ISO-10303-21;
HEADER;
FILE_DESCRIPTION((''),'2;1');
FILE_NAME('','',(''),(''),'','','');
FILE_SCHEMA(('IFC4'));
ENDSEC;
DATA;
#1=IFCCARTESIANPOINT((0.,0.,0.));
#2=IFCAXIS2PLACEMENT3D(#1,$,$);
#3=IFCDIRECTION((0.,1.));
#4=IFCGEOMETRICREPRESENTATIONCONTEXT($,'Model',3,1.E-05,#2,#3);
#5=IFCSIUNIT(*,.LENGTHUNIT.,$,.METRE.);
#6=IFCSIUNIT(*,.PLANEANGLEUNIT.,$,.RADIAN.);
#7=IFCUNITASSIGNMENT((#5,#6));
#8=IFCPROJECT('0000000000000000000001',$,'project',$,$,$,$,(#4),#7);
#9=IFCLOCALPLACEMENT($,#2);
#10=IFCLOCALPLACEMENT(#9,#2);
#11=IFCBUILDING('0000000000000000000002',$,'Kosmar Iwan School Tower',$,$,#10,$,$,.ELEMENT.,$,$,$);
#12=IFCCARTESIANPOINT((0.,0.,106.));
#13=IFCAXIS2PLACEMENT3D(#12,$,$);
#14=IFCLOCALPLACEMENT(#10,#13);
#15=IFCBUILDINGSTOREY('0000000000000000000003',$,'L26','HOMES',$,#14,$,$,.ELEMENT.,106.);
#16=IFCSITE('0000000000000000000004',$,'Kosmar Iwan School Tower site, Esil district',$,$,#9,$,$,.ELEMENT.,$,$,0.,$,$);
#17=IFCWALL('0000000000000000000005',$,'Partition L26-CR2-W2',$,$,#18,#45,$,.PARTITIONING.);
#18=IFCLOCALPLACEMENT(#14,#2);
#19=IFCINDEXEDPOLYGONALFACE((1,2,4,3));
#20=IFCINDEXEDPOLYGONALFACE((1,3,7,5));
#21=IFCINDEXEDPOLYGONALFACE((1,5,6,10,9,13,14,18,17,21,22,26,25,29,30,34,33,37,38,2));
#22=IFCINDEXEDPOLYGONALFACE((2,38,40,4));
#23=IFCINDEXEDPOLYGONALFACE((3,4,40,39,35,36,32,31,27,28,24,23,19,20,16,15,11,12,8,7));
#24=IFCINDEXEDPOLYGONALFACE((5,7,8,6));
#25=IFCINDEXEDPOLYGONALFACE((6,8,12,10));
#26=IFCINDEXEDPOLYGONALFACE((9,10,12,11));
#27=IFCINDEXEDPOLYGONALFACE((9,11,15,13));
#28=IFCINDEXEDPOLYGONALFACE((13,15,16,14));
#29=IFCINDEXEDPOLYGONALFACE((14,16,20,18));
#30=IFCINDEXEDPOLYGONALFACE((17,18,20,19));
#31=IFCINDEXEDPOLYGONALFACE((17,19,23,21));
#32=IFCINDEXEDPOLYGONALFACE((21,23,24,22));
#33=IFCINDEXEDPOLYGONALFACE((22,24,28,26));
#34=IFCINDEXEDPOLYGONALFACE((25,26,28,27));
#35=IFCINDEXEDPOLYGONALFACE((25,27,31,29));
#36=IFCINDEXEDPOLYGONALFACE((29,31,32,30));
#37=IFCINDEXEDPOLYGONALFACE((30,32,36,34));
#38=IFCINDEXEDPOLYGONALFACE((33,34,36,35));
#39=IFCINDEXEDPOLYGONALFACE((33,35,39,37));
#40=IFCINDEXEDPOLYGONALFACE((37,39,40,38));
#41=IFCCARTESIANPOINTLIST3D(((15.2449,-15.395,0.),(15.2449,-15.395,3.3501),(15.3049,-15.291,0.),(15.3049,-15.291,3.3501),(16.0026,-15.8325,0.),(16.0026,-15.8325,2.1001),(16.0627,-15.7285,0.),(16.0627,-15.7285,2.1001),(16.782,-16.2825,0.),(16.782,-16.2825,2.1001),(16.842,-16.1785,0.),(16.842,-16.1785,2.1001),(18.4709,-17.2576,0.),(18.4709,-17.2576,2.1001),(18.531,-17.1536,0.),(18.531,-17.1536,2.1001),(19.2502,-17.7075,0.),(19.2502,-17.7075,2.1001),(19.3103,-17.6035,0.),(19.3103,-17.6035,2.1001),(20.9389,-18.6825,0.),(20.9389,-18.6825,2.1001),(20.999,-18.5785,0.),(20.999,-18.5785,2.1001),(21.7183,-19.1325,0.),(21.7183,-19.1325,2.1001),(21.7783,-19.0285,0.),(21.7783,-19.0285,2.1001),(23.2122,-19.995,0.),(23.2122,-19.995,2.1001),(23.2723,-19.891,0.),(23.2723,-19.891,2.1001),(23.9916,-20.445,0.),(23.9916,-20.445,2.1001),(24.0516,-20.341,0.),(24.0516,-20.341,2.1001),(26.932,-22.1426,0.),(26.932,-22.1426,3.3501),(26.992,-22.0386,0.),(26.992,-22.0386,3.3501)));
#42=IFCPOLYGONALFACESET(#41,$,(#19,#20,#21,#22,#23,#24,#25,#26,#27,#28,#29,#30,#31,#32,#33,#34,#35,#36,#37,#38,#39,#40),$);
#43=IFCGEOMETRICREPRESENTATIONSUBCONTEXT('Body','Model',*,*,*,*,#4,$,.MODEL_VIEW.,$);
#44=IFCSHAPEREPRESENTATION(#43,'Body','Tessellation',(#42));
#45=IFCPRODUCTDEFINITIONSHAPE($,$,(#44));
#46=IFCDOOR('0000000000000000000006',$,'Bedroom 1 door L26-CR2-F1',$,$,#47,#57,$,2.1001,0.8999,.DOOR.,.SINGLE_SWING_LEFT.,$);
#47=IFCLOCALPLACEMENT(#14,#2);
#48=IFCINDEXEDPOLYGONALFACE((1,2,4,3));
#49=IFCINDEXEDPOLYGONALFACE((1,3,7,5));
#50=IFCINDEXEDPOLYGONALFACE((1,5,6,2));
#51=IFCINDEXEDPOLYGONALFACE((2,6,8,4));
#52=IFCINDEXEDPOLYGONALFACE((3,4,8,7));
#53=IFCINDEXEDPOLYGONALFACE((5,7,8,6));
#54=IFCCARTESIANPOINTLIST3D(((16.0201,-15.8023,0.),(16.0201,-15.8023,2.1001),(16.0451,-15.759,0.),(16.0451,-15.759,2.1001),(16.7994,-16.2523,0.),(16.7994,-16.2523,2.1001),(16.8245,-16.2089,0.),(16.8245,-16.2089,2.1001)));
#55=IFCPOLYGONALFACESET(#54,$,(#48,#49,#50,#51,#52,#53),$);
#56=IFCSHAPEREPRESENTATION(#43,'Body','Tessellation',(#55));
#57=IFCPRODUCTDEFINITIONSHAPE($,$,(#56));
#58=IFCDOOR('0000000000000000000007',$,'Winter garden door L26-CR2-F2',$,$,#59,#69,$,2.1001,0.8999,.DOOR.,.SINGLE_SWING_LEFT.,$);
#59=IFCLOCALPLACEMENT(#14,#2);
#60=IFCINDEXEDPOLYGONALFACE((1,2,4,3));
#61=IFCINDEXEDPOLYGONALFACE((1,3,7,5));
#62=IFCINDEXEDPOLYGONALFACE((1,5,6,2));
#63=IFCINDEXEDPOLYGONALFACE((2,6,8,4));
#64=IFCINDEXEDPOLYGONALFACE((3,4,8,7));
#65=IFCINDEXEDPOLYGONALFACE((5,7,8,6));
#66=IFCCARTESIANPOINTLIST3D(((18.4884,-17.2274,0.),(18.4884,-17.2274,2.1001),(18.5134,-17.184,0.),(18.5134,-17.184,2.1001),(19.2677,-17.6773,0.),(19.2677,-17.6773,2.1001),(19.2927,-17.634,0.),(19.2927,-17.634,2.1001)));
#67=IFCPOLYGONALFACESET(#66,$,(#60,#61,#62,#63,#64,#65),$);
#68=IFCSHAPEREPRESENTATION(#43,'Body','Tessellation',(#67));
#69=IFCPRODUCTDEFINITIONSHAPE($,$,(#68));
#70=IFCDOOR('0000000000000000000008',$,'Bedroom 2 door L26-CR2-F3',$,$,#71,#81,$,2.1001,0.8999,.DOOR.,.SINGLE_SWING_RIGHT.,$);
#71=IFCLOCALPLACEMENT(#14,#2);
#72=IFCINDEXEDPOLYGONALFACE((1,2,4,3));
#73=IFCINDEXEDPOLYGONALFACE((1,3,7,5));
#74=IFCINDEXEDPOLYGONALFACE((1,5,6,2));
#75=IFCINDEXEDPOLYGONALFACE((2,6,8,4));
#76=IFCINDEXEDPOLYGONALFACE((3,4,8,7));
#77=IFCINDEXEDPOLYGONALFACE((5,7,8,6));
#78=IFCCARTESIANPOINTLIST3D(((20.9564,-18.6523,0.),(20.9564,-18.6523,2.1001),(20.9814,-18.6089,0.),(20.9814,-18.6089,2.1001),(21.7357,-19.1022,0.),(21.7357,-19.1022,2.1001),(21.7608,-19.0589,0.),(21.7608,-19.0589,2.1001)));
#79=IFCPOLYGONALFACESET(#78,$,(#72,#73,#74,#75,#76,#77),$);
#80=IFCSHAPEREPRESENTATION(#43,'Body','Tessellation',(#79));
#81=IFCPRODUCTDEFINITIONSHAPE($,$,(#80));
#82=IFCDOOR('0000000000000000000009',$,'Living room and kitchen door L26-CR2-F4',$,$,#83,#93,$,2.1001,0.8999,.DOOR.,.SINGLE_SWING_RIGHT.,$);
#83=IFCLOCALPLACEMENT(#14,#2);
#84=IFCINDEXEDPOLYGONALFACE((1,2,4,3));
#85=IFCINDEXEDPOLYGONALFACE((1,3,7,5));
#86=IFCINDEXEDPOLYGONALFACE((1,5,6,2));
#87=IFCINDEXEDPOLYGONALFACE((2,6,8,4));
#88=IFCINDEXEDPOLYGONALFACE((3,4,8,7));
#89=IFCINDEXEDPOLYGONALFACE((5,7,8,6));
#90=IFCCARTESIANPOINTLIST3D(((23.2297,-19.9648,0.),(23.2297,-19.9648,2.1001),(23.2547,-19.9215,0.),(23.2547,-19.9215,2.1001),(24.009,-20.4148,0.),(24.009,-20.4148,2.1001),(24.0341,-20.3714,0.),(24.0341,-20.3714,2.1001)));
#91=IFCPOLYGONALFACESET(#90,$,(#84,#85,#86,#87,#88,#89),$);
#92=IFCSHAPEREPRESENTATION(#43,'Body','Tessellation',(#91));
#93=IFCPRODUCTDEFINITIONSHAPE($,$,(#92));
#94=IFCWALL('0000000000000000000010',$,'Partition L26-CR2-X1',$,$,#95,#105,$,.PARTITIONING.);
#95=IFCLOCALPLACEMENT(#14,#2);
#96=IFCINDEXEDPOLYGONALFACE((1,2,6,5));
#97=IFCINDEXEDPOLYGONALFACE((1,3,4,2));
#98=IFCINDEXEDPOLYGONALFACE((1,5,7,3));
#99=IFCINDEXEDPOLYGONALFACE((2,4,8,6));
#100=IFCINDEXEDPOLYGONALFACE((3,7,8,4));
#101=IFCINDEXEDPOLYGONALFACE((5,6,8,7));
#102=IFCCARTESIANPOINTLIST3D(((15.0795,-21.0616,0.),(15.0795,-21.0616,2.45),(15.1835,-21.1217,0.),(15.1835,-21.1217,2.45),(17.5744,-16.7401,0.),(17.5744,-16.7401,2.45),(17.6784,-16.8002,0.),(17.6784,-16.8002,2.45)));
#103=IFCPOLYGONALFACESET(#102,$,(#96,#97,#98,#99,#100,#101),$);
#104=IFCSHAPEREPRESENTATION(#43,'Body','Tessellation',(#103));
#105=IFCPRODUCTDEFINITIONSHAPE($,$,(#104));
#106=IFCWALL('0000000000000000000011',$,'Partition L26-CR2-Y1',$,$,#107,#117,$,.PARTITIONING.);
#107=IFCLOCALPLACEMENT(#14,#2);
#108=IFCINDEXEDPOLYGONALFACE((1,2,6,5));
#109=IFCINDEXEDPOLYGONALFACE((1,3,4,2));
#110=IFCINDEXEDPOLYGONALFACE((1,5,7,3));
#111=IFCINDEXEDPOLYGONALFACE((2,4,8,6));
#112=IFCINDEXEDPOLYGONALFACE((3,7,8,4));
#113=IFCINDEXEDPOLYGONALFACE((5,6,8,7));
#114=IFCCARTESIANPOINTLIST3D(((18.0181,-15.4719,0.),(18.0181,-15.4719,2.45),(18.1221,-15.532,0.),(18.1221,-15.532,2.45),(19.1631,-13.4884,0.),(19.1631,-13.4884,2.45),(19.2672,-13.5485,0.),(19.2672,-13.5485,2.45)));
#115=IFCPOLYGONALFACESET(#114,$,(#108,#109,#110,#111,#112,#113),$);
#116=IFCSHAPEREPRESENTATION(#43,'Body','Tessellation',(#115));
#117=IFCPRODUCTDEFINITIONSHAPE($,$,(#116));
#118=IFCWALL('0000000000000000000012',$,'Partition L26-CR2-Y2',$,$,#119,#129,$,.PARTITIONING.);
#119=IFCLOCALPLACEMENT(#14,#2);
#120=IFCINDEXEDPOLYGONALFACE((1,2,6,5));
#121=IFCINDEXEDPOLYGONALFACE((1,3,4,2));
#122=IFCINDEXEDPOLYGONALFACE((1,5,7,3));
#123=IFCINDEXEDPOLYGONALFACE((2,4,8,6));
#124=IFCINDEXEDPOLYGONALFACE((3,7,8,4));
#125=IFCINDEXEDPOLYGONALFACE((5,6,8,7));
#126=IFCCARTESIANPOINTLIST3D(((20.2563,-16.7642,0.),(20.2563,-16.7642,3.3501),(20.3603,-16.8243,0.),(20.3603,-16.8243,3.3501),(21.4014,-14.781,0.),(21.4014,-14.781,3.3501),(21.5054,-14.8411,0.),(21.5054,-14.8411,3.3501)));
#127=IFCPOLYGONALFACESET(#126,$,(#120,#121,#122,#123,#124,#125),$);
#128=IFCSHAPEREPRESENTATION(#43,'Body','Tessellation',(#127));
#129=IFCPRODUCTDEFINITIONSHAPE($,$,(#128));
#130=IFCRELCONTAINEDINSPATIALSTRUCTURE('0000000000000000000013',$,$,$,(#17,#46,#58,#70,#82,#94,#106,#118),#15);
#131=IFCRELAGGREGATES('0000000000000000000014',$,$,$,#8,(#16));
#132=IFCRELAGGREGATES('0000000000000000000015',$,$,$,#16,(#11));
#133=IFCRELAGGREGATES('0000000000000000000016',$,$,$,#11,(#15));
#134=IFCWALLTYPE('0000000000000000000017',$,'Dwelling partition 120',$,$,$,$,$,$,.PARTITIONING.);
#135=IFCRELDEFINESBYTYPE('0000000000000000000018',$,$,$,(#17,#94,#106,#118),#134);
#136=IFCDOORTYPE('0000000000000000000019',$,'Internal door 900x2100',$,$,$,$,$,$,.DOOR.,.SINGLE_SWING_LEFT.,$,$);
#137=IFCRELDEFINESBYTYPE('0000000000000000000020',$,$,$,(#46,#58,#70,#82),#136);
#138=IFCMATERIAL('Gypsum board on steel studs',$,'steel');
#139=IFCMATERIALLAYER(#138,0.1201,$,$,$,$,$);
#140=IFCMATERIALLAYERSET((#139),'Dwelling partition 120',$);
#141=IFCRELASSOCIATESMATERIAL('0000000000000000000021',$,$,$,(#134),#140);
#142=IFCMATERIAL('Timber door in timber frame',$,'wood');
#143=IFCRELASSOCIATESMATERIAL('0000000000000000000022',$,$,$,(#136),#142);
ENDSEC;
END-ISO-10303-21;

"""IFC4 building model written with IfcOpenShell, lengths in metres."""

from ifc_helpers import new_model, si_unit, direction, frame, frame_2d, origin, place, context, subcontext, project, spatial, rectangle, extrude, material, layer, layer_set, type_object, element, fill, save


model = new_model("IFC4")

# Units and contexts
model_context = context("Model", 3, precision=1e-05, world=origin(), true_north=direction((0.0, 1.0)))
body_context = subcontext(model_context, "Body", "Model", "MODEL_VIEW")
ifc_project = project(units=[si_unit("LENGTHUNIT", "METRE"), si_unit("PLANEANGLEUNIT", "RADIAN")], contexts=[model_context])

# Site, building, storey
site_placement = place(None, origin())
site = spatial("IfcSite", under=ifc_project, at=site_placement, Name="Kosmar Iwan School Tower site, Esil district", CompositionType="ELEMENT", RefElevation=0.0)
building_placement = place(site_placement, origin())
building = spatial("IfcBuilding", under=site, at=building_placement, Name="Kosmar Iwan School Tower", CompositionType="ELEMENT")
storey_placement = place(building_placement, frame((0.0, 0.0, 106.0)))
storey = spatial("IfcBuildingStorey", under=building, at=storey_placement, Name="L26", Description="HOMES", CompositionType="ELEMENT", Elevation=106.0)

# Wall, openings, doors
ifc_material_1 = material(Name="Gypsum board on steel studs", Category="steel")
ifc_layer_1 = layer(ifc_material_1, 0.1201)
ifc_layer_set_1 = layer_set([ifc_layer_1], Name="Dwelling partition 120")
wall_type_1 = type_object("IfcWallType", Name="Dwelling partition 120", PredefinedType="PARTITIONING", material=ifc_layer_set_1)
ifc_material_2 = material(Name="Timber door in timber frame", Category="wood")
door_type_1 = type_object("IfcDoorType", Name="Internal door 900x2100", OperationType="SINGLE_SWING_LEFT", PredefinedType="DOOR", material=ifc_material_2)
wall_1_placement = place(storey_placement, frame((15.2749, -15.343, 0.0), z_axis=(0.0, 0.0, 1.0), x_axis=(0.866024, -0.500003, 0.0)))
wall_1 = element("IfcWall", 1, at=wall_1_placement, inside=storey, type_object=wall_type_1, Name="Partition L26-CR2-W2", PredefinedType="PARTITIONING", context=body_context, shape_type="SweptSolid", body=[
    extrude(rectangle(XDim=13.4951, YDim=0.1201, at=frame_2d((6.7476, 0.0))), origin(), (0.0, 0.0, 1.0), 3.3501),
])
opening_1_placement = place(wall_1_placement, frame((0.875, 0.0, 0.0)))
opening_1 = element("IfcOpeningElement", 2, at=opening_1_placement, cuts=wall_1, PredefinedType="OPENING", context=body_context, shape_type="SweptSolid", body=[
    extrude(rectangle(XDim=0.8999, YDim=2.1001, at=frame_2d((0.45, 1.05))), frame((0.0, 0.072, 0.0), z_axis=(0.0, -1.0, 0.0), x_axis=(1.0, 0.0, 0.0)), (0.0, 0.0, 1.0), 0.144),
])
opening_2_placement = place(wall_1_placement, frame((3.7251, 0.0, 0.0)))
opening_2 = element("IfcOpeningElement", 3, at=opening_2_placement, cuts=wall_1, PredefinedType="OPENING", context=body_context, shape_type="SweptSolid", body=[
    extrude(rectangle(XDim=0.8999, YDim=2.1001, at=frame_2d((0.45, 1.05))), frame((0.0, 0.072, 0.0), z_axis=(0.0, -1.0, 0.0), x_axis=(1.0, 0.0, 0.0)), (0.0, 0.0, 1.0), 0.144),
])
opening_3_placement = place(wall_1_placement, frame((6.575, 0.0, 0.0)))
opening_3 = element("IfcOpeningElement", 4, at=opening_3_placement, cuts=wall_1, PredefinedType="OPENING", context=body_context, shape_type="SweptSolid", body=[
    extrude(rectangle(XDim=0.8999, YDim=2.1001, at=frame_2d((0.45, 1.05))), frame((0.0, 0.072, 0.0), z_axis=(0.0, -1.0, 0.0), x_axis=(1.0, 0.0, 0.0)), (0.0, 0.0, 1.0), 0.144),
])
opening_4_placement = place(wall_1_placement, frame((9.2, 0.0, 0.0)))
opening_4 = element("IfcOpeningElement", 5, at=opening_4_placement, cuts=wall_1, PredefinedType="OPENING", context=body_context, shape_type="SweptSolid", body=[
    extrude(rectangle(XDim=0.8999, YDim=2.1001, at=frame_2d((0.45, 1.05))), frame((0.0, 0.072, 0.0), z_axis=(0.0, -1.0, 0.0), x_axis=(1.0, 0.0, 0.0)), (0.0, 0.0, 1.0), 0.144),
])
door_1_placement = place(opening_1_placement, origin())
door_1 = element("IfcDoor", 6, at=door_1_placement, inside=storey, type_object=door_type_1, Name="Bedroom 1 door L26-CR2-F1", OperationType="SINGLE_SWING_LEFT", OverallHeight=2.1001, OverallWidth=0.8999, PredefinedType="DOOR", context=body_context, shape_type="SweptSolid", body=[
    extrude(rectangle(XDim=0.8999, YDim=2.1001, at=frame_2d((0.45, 1.05))), frame((0.0, 0.0249, 0.0), z_axis=(0.0, -1.0, 0.0), x_axis=(1.0, 0.0, 0.0)), (0.0, 0.0, 1.0), 0.05),
])
fill(opening_1, door_1)
door_2_placement = place(opening_2_placement, origin())
door_2 = element("IfcDoor", 7, at=door_2_placement, inside=storey, type_object=door_type_1, Name="Winter garden door L26-CR2-F2", OperationType="SINGLE_SWING_LEFT", OverallHeight=2.1001, OverallWidth=0.8999, PredefinedType="DOOR", context=body_context, shape_type="SweptSolid", body=[
    extrude(rectangle(XDim=0.8999, YDim=2.1001, at=frame_2d((0.45, 1.05))), frame((0.0, 0.0249, 0.0), z_axis=(0.0, -1.0, 0.0), x_axis=(1.0, 0.0, 0.0)), (0.0, 0.0, 1.0), 0.05),
])
fill(opening_2, door_2)
door_3_placement = place(opening_3_placement, origin())
door_3 = element("IfcDoor", 8, at=door_3_placement, inside=storey, type_object=door_type_1, Name="Bedroom 2 door L26-CR2-F3", OperationType="SINGLE_SWING_RIGHT", OverallHeight=2.1001, OverallWidth=0.8999, PredefinedType="DOOR", context=body_context, shape_type="SweptSolid", body=[
    extrude(rectangle(XDim=0.8999, YDim=2.1001, at=frame_2d((0.45, 1.05))), frame((0.0, 0.0249, 0.0), z_axis=(0.0, -1.0, 0.0), x_axis=(1.0, 0.0, 0.0)), (0.0, 0.0, 1.0), 0.05),
])
fill(opening_3, door_3)
door_4_placement = place(opening_4_placement, origin())
door_4 = element("IfcDoor", 9, at=door_4_placement, inside=storey, type_object=door_type_1, Name="Living room and kitchen door L26-CR2-F4", OperationType="SINGLE_SWING_RIGHT", OverallHeight=2.1001, OverallWidth=0.8999, PredefinedType="DOOR", context=body_context, shape_type="SweptSolid", body=[
    extrude(rectangle(XDim=0.8999, YDim=2.1001, at=frame_2d((0.45, 1.05))), frame((0.0, 0.0249, 0.0), z_axis=(0.0, -1.0, 0.0), x_axis=(1.0, 0.0, 0.0)), (0.0, 0.0, 1.0), 0.05),
])
fill(opening_4, door_4)

# Walls
wall_2_placement = place(storey_placement, frame((17.6265, -16.77, 0.0), z_axis=(0.0, 0.0, 1.0), x_axis=(-0.499975, -0.86604, 0.0)))
element("IfcWall", 10, at=wall_2_placement, inside=storey, type_object=wall_type_1, Name="Partition L26-CR2-X1", PredefinedType="PARTITIONING", context=body_context, shape_type="SweptSolid", body=[
    extrude(rectangle(XDim=4.99, YDim=0.1201, at=frame_2d((2.4951, 0.0))), origin(), (0.0, 0.0, 1.0), 2.45),
])
wall_3_placement = place(storey_placement, frame((19.2151, -13.5186, 0.0), z_axis=(0.0, 0.0, 1.0), x_axis=(-0.499969, -0.866044, 0.0)))
element("IfcWall", 11, at=wall_3_placement, inside=storey, type_object=wall_type_1, Name="Partition L26-CR2-Y1", PredefinedType="PARTITIONING", context=body_context, shape_type="SweptSolid", body=[
    extrude(rectangle(XDim=2.2903, YDim=0.1201, at=frame_2d((1.145, 0.0))), origin(), (0.0, 0.0, 1.0), 2.45),
])
wall_4_placement = place(storey_placement, frame((21.4534, -14.811, 0.0), z_axis=(0.0, 0.0, 1.0), x_axis=(-0.500015, -0.866017, 0.0)))
element("IfcWall", 12, at=wall_4_placement, inside=storey, type_object=wall_type_1, Name="Partition L26-CR2-Y2", PredefinedType="PARTITIONING", context=body_context, shape_type="SweptSolid", body=[
    extrude(rectangle(XDim=2.29, YDim=0.1201, at=frame_2d((1.145, 0.0))), origin(), (0.0, 0.0, 1.0), 3.3501),
])

save(model, "model.ifc")
